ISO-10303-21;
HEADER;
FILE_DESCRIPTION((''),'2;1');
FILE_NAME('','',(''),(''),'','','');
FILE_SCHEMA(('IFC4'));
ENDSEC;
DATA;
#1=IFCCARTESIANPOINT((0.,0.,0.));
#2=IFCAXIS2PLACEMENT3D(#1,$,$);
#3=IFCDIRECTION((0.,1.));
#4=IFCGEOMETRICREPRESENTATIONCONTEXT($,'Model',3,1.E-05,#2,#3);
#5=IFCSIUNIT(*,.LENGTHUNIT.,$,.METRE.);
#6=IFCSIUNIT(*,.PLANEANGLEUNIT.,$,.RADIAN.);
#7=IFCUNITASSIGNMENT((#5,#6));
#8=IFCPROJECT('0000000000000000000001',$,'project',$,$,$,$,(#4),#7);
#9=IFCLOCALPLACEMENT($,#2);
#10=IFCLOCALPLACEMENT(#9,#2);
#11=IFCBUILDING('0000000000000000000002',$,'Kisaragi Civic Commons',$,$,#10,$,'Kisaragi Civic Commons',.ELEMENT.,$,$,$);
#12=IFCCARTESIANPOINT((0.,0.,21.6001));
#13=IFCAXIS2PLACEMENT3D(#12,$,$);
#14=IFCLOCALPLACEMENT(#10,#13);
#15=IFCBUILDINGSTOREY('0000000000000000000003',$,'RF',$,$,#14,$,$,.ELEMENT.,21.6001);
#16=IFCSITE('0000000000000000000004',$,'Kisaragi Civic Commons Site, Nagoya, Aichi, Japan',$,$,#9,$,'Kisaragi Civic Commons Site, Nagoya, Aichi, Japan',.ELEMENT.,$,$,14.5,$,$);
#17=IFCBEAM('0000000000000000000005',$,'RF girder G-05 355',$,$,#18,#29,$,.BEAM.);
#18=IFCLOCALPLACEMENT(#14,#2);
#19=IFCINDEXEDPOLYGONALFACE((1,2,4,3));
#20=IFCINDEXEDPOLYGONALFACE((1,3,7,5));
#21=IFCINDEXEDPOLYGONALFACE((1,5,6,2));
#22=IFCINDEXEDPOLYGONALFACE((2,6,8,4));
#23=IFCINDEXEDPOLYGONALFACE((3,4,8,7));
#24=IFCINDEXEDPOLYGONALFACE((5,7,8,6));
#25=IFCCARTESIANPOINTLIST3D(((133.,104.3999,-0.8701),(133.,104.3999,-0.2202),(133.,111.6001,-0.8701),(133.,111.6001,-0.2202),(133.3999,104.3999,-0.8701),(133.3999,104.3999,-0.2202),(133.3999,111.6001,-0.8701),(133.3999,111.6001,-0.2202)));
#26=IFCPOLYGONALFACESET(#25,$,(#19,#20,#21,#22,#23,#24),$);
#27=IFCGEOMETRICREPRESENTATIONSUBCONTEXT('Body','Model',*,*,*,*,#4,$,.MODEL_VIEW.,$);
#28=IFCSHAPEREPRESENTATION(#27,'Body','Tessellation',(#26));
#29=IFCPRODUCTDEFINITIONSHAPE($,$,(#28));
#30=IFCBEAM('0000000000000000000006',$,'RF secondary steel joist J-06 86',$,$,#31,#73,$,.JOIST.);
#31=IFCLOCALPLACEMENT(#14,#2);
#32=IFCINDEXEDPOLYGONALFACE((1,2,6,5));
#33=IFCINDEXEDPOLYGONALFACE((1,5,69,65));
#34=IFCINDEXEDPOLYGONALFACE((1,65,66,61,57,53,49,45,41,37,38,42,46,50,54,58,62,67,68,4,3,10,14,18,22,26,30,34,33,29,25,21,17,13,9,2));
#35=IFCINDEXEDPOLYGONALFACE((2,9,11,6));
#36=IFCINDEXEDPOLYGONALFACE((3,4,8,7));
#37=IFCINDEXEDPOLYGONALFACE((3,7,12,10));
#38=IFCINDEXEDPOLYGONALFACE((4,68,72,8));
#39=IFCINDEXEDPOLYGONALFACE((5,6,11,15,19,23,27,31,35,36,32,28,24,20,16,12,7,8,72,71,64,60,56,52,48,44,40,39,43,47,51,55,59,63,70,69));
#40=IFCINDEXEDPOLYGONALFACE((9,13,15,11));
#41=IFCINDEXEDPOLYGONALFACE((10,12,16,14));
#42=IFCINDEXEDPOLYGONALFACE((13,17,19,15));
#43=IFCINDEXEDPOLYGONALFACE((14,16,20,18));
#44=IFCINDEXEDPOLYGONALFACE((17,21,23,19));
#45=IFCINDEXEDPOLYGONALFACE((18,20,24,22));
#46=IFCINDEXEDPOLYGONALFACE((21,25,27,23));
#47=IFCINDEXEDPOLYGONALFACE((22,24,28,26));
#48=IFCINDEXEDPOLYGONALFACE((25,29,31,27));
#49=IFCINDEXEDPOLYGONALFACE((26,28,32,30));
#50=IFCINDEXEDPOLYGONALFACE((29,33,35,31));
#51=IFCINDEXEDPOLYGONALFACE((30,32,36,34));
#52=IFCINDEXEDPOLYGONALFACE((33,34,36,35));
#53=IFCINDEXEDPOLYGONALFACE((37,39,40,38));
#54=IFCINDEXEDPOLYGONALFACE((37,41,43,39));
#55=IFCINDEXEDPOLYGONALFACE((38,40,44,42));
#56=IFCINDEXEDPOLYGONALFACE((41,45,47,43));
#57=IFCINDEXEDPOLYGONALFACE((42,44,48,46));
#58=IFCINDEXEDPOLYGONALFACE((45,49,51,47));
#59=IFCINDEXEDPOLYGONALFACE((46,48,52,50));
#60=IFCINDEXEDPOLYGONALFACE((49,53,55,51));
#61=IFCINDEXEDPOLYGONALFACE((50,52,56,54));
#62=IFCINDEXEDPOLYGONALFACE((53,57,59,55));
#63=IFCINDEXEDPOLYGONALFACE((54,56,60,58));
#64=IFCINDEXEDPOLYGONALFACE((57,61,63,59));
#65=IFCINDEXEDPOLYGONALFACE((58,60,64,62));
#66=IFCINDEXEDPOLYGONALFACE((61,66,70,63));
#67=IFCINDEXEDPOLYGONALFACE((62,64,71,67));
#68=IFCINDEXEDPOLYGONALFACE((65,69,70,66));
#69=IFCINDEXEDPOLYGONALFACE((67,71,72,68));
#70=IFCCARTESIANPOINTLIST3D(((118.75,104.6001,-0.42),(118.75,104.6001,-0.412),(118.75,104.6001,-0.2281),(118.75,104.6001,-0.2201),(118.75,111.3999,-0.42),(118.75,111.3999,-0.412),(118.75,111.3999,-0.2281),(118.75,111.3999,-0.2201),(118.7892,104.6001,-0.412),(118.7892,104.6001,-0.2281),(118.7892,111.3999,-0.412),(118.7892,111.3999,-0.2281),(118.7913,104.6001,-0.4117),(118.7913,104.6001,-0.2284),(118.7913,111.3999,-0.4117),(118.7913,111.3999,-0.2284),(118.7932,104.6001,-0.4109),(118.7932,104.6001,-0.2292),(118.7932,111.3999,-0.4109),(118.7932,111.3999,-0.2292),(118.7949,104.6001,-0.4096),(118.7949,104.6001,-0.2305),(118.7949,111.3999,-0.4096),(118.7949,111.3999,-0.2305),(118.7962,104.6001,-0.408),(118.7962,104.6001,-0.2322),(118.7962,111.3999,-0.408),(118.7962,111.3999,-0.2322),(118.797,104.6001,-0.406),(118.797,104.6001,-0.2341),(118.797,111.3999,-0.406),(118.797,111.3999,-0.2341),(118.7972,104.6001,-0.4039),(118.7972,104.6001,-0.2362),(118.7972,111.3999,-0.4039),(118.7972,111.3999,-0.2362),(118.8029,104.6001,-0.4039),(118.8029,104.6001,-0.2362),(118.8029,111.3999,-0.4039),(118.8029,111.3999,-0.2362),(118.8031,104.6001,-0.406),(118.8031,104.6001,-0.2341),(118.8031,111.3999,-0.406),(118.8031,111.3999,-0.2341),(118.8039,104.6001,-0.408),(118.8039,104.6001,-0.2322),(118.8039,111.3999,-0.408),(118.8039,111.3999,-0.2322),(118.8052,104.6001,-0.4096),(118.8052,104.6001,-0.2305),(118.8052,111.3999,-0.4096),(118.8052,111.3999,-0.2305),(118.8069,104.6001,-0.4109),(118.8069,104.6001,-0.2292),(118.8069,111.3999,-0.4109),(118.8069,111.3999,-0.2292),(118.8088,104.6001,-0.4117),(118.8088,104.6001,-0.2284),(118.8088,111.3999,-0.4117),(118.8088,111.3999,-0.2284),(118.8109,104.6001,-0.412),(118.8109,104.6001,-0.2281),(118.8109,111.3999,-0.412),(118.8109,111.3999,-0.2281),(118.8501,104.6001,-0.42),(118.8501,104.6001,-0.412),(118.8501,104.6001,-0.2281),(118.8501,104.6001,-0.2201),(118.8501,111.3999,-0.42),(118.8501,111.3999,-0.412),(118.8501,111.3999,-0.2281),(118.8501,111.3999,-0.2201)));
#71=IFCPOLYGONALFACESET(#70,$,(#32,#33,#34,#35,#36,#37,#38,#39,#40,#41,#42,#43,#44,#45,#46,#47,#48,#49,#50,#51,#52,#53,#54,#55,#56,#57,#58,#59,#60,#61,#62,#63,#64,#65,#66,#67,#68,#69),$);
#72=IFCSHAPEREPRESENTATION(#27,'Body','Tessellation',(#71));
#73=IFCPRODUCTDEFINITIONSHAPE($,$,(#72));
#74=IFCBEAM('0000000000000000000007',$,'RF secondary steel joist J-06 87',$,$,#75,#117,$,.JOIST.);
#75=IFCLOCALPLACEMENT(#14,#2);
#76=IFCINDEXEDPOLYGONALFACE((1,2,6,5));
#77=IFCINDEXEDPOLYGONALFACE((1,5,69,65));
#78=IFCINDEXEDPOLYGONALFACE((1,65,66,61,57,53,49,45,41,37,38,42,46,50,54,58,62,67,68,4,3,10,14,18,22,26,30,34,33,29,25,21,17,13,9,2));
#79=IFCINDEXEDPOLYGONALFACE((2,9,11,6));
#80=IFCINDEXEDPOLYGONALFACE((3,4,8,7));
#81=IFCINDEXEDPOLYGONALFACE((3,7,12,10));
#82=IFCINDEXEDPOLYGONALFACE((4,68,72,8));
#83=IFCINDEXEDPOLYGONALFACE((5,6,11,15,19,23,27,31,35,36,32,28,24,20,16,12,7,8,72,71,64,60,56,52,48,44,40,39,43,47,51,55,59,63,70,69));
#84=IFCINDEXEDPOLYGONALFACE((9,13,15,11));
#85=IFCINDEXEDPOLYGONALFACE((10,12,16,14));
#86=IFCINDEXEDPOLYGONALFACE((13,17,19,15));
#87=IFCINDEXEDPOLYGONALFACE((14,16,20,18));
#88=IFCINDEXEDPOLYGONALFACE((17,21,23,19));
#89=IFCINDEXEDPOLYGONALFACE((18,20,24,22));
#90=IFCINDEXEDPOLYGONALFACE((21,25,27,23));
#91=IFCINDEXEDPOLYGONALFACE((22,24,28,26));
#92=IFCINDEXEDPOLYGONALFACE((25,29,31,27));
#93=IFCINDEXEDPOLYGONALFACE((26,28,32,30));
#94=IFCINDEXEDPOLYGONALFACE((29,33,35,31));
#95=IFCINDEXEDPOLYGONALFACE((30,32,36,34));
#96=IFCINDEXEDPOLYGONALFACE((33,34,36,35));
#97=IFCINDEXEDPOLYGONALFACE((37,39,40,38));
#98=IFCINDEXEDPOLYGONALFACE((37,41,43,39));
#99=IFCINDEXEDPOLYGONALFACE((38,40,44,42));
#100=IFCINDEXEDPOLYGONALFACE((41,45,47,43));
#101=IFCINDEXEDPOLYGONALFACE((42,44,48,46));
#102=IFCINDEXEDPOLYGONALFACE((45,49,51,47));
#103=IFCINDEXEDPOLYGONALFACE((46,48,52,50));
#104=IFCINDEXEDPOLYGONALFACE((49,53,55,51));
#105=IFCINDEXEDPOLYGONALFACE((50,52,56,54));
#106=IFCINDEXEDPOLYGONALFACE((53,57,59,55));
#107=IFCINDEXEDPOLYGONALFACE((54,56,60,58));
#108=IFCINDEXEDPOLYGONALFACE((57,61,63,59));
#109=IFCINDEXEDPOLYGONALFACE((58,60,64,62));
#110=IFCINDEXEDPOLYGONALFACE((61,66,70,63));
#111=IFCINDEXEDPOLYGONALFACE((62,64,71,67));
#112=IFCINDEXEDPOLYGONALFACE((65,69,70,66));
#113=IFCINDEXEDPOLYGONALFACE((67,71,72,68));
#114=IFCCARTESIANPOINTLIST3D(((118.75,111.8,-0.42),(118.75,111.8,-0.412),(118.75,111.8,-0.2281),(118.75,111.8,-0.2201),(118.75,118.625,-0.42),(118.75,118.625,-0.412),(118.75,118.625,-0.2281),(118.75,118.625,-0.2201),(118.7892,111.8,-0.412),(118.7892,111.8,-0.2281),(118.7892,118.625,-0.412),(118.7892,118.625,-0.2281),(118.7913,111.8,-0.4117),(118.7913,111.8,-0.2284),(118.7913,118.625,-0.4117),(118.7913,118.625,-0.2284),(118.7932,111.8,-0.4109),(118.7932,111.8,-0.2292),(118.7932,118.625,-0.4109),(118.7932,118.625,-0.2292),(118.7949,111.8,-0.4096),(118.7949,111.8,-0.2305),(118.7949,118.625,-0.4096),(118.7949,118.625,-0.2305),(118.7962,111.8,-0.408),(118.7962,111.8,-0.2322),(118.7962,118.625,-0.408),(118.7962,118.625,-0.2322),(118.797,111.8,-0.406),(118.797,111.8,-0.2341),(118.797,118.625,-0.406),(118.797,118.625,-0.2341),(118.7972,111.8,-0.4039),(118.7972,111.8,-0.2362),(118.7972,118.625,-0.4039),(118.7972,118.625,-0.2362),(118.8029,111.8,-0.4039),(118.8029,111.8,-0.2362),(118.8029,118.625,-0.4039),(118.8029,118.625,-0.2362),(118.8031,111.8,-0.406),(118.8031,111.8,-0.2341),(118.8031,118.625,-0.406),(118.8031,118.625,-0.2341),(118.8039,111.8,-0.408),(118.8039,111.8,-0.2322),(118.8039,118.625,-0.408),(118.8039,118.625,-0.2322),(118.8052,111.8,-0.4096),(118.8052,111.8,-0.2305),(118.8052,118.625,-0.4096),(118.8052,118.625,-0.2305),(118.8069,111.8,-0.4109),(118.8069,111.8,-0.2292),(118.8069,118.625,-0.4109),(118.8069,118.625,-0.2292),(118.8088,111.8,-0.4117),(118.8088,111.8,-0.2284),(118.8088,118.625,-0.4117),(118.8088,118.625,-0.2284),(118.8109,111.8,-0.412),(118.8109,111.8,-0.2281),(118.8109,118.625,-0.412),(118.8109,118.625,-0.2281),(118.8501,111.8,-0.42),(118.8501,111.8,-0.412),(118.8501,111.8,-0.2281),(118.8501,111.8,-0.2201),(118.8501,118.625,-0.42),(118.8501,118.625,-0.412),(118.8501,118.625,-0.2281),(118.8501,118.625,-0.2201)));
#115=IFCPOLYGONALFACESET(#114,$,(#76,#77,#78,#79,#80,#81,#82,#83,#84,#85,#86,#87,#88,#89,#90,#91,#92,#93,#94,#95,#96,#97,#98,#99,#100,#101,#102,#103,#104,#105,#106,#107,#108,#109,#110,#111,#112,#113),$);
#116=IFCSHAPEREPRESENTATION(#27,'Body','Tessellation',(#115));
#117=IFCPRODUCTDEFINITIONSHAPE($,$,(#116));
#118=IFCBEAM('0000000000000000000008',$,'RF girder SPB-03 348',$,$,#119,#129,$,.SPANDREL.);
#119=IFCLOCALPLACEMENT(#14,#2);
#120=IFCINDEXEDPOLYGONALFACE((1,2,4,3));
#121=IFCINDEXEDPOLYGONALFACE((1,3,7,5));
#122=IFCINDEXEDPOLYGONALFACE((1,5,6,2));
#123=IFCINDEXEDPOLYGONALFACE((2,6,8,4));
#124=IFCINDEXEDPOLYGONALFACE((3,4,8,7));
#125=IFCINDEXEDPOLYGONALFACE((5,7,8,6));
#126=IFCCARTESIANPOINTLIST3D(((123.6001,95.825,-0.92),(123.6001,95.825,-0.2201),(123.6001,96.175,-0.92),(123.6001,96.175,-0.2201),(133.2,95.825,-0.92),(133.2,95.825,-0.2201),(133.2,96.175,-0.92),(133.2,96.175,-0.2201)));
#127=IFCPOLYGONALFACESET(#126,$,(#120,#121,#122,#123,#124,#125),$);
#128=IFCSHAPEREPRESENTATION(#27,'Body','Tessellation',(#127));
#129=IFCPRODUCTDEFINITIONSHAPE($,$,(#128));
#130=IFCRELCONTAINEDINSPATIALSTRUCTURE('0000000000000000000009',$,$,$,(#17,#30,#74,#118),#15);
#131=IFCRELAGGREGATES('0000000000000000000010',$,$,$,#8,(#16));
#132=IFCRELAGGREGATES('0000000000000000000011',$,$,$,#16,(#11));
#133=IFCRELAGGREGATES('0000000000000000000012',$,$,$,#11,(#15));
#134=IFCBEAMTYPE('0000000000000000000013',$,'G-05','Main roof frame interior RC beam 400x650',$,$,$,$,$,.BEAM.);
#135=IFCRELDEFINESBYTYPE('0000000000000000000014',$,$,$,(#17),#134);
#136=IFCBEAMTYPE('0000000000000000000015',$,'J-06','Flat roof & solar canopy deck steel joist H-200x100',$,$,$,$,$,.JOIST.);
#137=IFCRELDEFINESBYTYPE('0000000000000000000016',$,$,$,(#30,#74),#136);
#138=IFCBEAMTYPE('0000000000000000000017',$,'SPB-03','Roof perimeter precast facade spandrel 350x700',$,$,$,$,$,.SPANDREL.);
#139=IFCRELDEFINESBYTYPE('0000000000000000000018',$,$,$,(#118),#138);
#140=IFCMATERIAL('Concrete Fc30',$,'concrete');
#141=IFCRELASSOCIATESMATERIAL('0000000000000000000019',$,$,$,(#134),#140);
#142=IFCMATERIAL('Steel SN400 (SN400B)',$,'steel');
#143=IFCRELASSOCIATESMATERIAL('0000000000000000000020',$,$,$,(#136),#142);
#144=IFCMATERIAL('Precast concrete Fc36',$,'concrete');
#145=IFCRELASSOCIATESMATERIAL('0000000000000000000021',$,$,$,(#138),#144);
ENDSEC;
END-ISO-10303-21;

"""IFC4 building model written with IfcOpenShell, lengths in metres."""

from ifc_helpers import new_model, si_unit, direction, frame, origin, origin_2d, place, context, subcontext, project, spatial, rectangle, i_section, extrude, material, material_profile, profile_set, type_object, element, save


model = new_model("IFC4")

# Units and contexts
model_context = context("Model", 3, precision=1e-05, world=origin(), true_north=direction((0.0, 1.0)))
body_context = subcontext(model_context, "Body", "Model", "MODEL_VIEW")
ifc_project = project(units=[si_unit("LENGTHUNIT", "METRE"), si_unit("PLANEANGLEUNIT", "RADIAN")], contexts=[model_context])

# Site, building, storey
site_placement = place(None, origin())
site = spatial("IfcSite", under=ifc_project, at=site_placement, Name="Kisaragi Civic Commons Site, Nagoya, Aichi, Japan", LongName="Kisaragi Civic Commons Site, Nagoya, Aichi, Japan", CompositionType="ELEMENT", RefElevation=14.5)
building_placement = place(site_placement, origin())
building = spatial("IfcBuilding", under=site, at=building_placement, Name="Kisaragi Civic Commons", LongName="Kisaragi Civic Commons", CompositionType="ELEMENT")
storey_placement = place(building_placement, frame((0.0, 0.0, 21.6001)))
storey = spatial("IfcBuildingStorey", under=building, at=storey_placement, Name="RF", CompositionType="ELEMENT", Elevation=21.6001)

# Beams
ifc_material_1 = material(Name="Concrete Fc30", Category="concrete")
ifc_material_profile_1 = material_profile(ifc_material_1, rectangle(XDim=0.3999, YDim=0.6499, at=origin_2d()), Name="RC-400x650", Category="concrete")
ifc_profile_set_1 = profile_set([ifc_material_profile_1], Name="Concrete Fc30")
beam_type_1 = type_object("IfcBeamType", Name="G-05", Description="Main roof frame interior RC beam 400x650", PredefinedType="BEAM", material=ifc_profile_set_1)
beam_1_placement = place(storey_placement, frame((133.2, 104.3999, -0.5452), z_axis=(0.0, 1.0, 0.0), x_axis=(-1.0, 0.0, 0.0)))
element("IfcBeam", 1, at=beam_1_placement, inside=storey, type_object=beam_type_1, Name="RF girder G-05 355", PredefinedType="BEAM", context=body_context, shape_type="SweptSolid", body=[
    extrude(rectangle(XDim=0.3999, YDim=0.6499, at=origin_2d()), origin(), (0.0, 0.0, 1.0), 7.2002),
])
ifc_material_2 = material(Name="Steel SN400 (SN400B)", Category="steel")
ifc_material_profile_2 = material_profile(ifc_material_2, i_section(OverallWidth=0.1001, OverallDepth=0.2, WebThickness=0.0056, FlangeThickness=0.0081, FilletRadius=0.0081, at=origin_2d()), Name="H-200x100x5.5x8", Category="steel")
ifc_profile_set_2 = profile_set([ifc_material_profile_2], Name="Steel SN400 (SN400B)")
beam_type_2 = type_object("IfcBeamType", Name="J-06", Description="Flat roof & solar canopy deck steel joist H-200x100", PredefinedType="JOIST", material=ifc_profile_set_2)
beam_2_placement = place(storey_placement, frame((118.8, 104.6001, -0.3201), z_axis=(0.0, 1.0, 0.0), x_axis=(-1.0, 0.0, 0.0)))
element("IfcBeam", 2, at=beam_2_placement, inside=storey, type_object=beam_type_2, Name="RF secondary steel joist J-06 86", PredefinedType="JOIST", context=body_context, shape_type="SweptSolid", body=[
    extrude(i_section(OverallWidth=0.1001, OverallDepth=0.2, WebThickness=0.0056, FlangeThickness=0.0081, FilletRadius=0.0081, at=origin_2d()), origin(), (0.0, 0.0, 1.0), 6.7998),
])
beam_3_placement = place(storey_placement, frame((118.8, 111.8, -0.3201), z_axis=(0.0, 1.0, 0.0), x_axis=(-1.0, 0.0, 0.0)))
element("IfcBeam", 3, at=beam_3_placement, inside=storey, type_object=beam_type_2, Name="RF secondary steel joist J-06 87", PredefinedType="JOIST", context=body_context, shape_type="SweptSolid", body=[
    extrude(i_section(OverallWidth=0.1001, OverallDepth=0.2, WebThickness=0.0056, FlangeThickness=0.0081, FilletRadius=0.0081, at=origin_2d()), origin(), (0.0, 0.0, 1.0), 6.825),
])
ifc_material_3 = material(Name="Precast concrete Fc36", Category="concrete")
ifc_material_profile_3 = material_profile(ifc_material_3, rectangle(XDim=0.3501, YDim=0.7, at=origin_2d()), Name="PC-350x700", Category="concrete")
ifc_profile_set_3 = profile_set([ifc_material_profile_3], Name="Precast concrete Fc36")
beam_type_3 = type_object("IfcBeamType", Name="SPB-03", Description="Roof perimeter precast facade spandrel 350x700", PredefinedType="SPANDREL", material=ifc_profile_set_3)
beam_4_placement = place(storey_placement, frame((123.6001, 96.0, -0.5701), z_axis=(1.0, 0.0, 0.0), x_axis=(0.0, 1.0, 0.0)))
element("IfcBeam", 4, at=beam_4_placement, inside=storey, type_object=beam_type_3, Name="RF girder SPB-03 348", PredefinedType="SPANDREL", context=body_context, shape_type="SweptSolid", body=[
    extrude(rectangle(XDim=0.3501, YDim=0.7, at=origin_2d()), origin(), (0.0, 0.0, 1.0), 9.5999),
])

save(model, "model.ifc")
